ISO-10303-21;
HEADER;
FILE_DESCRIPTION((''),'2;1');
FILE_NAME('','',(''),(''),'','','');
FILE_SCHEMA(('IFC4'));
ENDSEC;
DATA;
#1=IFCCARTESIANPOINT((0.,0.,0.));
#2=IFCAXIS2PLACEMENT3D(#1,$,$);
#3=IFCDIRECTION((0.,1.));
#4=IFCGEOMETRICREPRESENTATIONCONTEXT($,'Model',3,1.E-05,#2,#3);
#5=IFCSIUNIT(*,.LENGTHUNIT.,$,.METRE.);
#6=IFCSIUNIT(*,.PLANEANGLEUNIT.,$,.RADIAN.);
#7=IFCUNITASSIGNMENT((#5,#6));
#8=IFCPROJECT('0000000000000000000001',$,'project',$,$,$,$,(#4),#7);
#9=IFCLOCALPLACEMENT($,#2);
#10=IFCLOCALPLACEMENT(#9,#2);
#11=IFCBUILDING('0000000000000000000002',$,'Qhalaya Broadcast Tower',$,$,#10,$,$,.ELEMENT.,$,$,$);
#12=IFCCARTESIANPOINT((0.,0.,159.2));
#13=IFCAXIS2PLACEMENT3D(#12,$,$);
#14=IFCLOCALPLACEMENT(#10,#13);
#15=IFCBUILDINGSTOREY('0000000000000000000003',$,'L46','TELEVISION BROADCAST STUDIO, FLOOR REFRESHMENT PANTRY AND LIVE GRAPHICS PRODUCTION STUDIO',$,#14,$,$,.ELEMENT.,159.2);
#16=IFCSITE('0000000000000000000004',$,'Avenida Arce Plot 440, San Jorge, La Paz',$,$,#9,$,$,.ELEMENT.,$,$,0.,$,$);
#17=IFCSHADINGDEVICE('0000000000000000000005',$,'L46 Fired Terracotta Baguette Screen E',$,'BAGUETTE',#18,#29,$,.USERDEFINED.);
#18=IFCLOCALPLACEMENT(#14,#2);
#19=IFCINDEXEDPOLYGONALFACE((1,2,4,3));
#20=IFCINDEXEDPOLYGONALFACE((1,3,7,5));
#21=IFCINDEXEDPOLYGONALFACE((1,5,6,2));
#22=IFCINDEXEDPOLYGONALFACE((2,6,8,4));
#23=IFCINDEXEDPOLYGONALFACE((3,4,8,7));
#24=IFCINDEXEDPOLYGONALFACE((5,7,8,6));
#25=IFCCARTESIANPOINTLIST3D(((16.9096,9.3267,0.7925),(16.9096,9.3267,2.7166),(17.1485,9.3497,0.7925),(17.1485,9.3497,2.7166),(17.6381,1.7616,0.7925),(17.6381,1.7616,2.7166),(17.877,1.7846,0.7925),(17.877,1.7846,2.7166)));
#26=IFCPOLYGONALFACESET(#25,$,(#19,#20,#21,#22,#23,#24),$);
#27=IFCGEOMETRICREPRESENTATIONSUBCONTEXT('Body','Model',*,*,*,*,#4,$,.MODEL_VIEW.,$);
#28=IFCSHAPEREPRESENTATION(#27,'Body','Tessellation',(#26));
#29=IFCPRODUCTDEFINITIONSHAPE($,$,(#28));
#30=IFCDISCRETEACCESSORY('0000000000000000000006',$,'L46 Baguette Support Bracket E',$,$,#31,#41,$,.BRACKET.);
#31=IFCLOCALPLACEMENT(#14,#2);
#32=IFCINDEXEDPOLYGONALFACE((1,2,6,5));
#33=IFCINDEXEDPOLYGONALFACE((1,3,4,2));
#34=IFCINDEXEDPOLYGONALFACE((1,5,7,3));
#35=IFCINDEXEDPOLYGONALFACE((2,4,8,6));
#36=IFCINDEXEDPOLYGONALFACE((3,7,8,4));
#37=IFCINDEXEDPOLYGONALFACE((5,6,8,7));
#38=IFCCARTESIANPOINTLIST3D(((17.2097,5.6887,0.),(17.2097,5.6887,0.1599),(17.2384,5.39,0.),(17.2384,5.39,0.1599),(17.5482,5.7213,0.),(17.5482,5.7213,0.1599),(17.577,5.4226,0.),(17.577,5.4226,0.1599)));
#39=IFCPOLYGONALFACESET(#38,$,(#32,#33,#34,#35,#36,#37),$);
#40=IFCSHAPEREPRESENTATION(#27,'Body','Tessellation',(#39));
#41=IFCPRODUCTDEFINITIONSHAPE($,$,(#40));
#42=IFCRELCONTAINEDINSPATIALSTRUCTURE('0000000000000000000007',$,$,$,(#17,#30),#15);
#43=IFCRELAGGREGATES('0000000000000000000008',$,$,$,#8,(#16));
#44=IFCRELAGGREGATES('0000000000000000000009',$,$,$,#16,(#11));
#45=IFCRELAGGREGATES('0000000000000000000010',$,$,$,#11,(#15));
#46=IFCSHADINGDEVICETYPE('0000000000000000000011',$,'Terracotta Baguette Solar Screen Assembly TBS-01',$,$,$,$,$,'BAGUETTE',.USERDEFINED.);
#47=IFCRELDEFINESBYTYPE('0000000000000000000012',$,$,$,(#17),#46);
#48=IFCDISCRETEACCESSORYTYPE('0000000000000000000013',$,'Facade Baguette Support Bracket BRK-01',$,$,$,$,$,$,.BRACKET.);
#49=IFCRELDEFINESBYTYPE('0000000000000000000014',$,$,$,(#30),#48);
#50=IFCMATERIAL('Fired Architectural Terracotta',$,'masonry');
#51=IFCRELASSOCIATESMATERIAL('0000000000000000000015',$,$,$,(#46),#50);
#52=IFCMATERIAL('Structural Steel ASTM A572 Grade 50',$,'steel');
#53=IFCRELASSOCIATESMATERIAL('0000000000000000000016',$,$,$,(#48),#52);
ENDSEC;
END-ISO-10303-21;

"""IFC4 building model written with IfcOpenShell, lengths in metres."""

from ifc_helpers import new_model, si_unit, direction, frame, origin, origin_2d, place, context, subcontext, project, spatial, rectangle, extrude, material, type_object, element, save


model = new_model("IFC4")

# Units and contexts
model_context = context("Model", 3, precision=1e-05, world=origin(), true_north=direction((0.0, 1.0)))
body_context = subcontext(model_context, "Body", "Model", "MODEL_VIEW")
ifc_project = project(units=[si_unit("LENGTHUNIT", "METRE"), si_unit("PLANEANGLEUNIT", "RADIAN")], contexts=[model_context])

# Site, building, storey
site_placement = place(None, origin())
site = spatial("IfcSite", under=ifc_project, at=site_placement, Name="Avenida Arce Plot 440, San Jorge, La Paz", CompositionType="ELEMENT", RefElevation=0.0)
building_placement = place(site_placement, origin())
building = spatial("IfcBuilding", under=site, at=building_placement, Name="Qhalaya Broadcast Tower", CompositionType="ELEMENT")
storey_placement = place(building_placement, frame((0.0, 0.0, 159.2)))
storey = spatial("IfcBuildingStorey", under=building, at=storey_placement, Name="L46", Description="TELEVISION BROADCAST STUDIO, FLOOR REFRESHMENT PANTRY AND LIVE GRAPHICS PRODUCTION STUDIO", CompositionType="ELEMENT", Elevation=159.2)

# Shared definitions
ifc_material_1 = material(Name="Fired Architectural Terracotta", Category="masonry")

# Shading device
shading_device_type = type_object("IfcShadingDeviceType", Name="Terracotta Baguette Solar Screen Assembly TBS-01", ElementType="BAGUETTE", PredefinedType="USERDEFINED", material=ifc_material_1)
shading_device_placement = place(storey_placement, frame((17.3933, 5.5557, 0.7925), z_axis=(0.0, 0.0, 1.0), x_axis=(-0.095846, 0.995396, 0.0)))
element("IfcShadingDevice", 1, at=shading_device_placement, inside=storey, type_object=shading_device_type, Name="L46 Fired Terracotta Baguette Screen E", ObjectType="BAGUETTE", PredefinedType="USERDEFINED", context=body_context, shape_type="SweptSolid", body=[
    extrude(rectangle(XDim=7.6001, YDim=0.24, at=origin_2d()), origin(), (0.0, 0.0, 1.0), 1.9241),
])

# Discrete accessory
ifc_material_2 = material(Name="Structural Steel ASTM A572 Grade 50", Category="steel")
discrete_accessory_type = type_object("IfcDiscreteAccessoryType", Name="Facade Baguette Support Bracket BRK-01", PredefinedType="BRACKET", material=ifc_material_2)
discrete_accessory_placement = place(storey_placement, frame((17.3933, 5.5557, 0.0), z_axis=(0.0, 0.0, 1.0), x_axis=(-0.095846, 0.995396, 0.0)))
element("IfcDiscreteAccessory", 2, at=discrete_accessory_placement, inside=storey, type_object=discrete_accessory_type, Name="L46 Baguette Support Bracket E", PredefinedType="BRACKET", context=body_context, shape_type="SweptSolid", body=[
    extrude(rectangle(XDim=0.3, YDim=0.3401, at=origin_2d()), origin(), (0.0, 0.0, 1.0), 0.1599),
])

save(model, "model.ifc")
